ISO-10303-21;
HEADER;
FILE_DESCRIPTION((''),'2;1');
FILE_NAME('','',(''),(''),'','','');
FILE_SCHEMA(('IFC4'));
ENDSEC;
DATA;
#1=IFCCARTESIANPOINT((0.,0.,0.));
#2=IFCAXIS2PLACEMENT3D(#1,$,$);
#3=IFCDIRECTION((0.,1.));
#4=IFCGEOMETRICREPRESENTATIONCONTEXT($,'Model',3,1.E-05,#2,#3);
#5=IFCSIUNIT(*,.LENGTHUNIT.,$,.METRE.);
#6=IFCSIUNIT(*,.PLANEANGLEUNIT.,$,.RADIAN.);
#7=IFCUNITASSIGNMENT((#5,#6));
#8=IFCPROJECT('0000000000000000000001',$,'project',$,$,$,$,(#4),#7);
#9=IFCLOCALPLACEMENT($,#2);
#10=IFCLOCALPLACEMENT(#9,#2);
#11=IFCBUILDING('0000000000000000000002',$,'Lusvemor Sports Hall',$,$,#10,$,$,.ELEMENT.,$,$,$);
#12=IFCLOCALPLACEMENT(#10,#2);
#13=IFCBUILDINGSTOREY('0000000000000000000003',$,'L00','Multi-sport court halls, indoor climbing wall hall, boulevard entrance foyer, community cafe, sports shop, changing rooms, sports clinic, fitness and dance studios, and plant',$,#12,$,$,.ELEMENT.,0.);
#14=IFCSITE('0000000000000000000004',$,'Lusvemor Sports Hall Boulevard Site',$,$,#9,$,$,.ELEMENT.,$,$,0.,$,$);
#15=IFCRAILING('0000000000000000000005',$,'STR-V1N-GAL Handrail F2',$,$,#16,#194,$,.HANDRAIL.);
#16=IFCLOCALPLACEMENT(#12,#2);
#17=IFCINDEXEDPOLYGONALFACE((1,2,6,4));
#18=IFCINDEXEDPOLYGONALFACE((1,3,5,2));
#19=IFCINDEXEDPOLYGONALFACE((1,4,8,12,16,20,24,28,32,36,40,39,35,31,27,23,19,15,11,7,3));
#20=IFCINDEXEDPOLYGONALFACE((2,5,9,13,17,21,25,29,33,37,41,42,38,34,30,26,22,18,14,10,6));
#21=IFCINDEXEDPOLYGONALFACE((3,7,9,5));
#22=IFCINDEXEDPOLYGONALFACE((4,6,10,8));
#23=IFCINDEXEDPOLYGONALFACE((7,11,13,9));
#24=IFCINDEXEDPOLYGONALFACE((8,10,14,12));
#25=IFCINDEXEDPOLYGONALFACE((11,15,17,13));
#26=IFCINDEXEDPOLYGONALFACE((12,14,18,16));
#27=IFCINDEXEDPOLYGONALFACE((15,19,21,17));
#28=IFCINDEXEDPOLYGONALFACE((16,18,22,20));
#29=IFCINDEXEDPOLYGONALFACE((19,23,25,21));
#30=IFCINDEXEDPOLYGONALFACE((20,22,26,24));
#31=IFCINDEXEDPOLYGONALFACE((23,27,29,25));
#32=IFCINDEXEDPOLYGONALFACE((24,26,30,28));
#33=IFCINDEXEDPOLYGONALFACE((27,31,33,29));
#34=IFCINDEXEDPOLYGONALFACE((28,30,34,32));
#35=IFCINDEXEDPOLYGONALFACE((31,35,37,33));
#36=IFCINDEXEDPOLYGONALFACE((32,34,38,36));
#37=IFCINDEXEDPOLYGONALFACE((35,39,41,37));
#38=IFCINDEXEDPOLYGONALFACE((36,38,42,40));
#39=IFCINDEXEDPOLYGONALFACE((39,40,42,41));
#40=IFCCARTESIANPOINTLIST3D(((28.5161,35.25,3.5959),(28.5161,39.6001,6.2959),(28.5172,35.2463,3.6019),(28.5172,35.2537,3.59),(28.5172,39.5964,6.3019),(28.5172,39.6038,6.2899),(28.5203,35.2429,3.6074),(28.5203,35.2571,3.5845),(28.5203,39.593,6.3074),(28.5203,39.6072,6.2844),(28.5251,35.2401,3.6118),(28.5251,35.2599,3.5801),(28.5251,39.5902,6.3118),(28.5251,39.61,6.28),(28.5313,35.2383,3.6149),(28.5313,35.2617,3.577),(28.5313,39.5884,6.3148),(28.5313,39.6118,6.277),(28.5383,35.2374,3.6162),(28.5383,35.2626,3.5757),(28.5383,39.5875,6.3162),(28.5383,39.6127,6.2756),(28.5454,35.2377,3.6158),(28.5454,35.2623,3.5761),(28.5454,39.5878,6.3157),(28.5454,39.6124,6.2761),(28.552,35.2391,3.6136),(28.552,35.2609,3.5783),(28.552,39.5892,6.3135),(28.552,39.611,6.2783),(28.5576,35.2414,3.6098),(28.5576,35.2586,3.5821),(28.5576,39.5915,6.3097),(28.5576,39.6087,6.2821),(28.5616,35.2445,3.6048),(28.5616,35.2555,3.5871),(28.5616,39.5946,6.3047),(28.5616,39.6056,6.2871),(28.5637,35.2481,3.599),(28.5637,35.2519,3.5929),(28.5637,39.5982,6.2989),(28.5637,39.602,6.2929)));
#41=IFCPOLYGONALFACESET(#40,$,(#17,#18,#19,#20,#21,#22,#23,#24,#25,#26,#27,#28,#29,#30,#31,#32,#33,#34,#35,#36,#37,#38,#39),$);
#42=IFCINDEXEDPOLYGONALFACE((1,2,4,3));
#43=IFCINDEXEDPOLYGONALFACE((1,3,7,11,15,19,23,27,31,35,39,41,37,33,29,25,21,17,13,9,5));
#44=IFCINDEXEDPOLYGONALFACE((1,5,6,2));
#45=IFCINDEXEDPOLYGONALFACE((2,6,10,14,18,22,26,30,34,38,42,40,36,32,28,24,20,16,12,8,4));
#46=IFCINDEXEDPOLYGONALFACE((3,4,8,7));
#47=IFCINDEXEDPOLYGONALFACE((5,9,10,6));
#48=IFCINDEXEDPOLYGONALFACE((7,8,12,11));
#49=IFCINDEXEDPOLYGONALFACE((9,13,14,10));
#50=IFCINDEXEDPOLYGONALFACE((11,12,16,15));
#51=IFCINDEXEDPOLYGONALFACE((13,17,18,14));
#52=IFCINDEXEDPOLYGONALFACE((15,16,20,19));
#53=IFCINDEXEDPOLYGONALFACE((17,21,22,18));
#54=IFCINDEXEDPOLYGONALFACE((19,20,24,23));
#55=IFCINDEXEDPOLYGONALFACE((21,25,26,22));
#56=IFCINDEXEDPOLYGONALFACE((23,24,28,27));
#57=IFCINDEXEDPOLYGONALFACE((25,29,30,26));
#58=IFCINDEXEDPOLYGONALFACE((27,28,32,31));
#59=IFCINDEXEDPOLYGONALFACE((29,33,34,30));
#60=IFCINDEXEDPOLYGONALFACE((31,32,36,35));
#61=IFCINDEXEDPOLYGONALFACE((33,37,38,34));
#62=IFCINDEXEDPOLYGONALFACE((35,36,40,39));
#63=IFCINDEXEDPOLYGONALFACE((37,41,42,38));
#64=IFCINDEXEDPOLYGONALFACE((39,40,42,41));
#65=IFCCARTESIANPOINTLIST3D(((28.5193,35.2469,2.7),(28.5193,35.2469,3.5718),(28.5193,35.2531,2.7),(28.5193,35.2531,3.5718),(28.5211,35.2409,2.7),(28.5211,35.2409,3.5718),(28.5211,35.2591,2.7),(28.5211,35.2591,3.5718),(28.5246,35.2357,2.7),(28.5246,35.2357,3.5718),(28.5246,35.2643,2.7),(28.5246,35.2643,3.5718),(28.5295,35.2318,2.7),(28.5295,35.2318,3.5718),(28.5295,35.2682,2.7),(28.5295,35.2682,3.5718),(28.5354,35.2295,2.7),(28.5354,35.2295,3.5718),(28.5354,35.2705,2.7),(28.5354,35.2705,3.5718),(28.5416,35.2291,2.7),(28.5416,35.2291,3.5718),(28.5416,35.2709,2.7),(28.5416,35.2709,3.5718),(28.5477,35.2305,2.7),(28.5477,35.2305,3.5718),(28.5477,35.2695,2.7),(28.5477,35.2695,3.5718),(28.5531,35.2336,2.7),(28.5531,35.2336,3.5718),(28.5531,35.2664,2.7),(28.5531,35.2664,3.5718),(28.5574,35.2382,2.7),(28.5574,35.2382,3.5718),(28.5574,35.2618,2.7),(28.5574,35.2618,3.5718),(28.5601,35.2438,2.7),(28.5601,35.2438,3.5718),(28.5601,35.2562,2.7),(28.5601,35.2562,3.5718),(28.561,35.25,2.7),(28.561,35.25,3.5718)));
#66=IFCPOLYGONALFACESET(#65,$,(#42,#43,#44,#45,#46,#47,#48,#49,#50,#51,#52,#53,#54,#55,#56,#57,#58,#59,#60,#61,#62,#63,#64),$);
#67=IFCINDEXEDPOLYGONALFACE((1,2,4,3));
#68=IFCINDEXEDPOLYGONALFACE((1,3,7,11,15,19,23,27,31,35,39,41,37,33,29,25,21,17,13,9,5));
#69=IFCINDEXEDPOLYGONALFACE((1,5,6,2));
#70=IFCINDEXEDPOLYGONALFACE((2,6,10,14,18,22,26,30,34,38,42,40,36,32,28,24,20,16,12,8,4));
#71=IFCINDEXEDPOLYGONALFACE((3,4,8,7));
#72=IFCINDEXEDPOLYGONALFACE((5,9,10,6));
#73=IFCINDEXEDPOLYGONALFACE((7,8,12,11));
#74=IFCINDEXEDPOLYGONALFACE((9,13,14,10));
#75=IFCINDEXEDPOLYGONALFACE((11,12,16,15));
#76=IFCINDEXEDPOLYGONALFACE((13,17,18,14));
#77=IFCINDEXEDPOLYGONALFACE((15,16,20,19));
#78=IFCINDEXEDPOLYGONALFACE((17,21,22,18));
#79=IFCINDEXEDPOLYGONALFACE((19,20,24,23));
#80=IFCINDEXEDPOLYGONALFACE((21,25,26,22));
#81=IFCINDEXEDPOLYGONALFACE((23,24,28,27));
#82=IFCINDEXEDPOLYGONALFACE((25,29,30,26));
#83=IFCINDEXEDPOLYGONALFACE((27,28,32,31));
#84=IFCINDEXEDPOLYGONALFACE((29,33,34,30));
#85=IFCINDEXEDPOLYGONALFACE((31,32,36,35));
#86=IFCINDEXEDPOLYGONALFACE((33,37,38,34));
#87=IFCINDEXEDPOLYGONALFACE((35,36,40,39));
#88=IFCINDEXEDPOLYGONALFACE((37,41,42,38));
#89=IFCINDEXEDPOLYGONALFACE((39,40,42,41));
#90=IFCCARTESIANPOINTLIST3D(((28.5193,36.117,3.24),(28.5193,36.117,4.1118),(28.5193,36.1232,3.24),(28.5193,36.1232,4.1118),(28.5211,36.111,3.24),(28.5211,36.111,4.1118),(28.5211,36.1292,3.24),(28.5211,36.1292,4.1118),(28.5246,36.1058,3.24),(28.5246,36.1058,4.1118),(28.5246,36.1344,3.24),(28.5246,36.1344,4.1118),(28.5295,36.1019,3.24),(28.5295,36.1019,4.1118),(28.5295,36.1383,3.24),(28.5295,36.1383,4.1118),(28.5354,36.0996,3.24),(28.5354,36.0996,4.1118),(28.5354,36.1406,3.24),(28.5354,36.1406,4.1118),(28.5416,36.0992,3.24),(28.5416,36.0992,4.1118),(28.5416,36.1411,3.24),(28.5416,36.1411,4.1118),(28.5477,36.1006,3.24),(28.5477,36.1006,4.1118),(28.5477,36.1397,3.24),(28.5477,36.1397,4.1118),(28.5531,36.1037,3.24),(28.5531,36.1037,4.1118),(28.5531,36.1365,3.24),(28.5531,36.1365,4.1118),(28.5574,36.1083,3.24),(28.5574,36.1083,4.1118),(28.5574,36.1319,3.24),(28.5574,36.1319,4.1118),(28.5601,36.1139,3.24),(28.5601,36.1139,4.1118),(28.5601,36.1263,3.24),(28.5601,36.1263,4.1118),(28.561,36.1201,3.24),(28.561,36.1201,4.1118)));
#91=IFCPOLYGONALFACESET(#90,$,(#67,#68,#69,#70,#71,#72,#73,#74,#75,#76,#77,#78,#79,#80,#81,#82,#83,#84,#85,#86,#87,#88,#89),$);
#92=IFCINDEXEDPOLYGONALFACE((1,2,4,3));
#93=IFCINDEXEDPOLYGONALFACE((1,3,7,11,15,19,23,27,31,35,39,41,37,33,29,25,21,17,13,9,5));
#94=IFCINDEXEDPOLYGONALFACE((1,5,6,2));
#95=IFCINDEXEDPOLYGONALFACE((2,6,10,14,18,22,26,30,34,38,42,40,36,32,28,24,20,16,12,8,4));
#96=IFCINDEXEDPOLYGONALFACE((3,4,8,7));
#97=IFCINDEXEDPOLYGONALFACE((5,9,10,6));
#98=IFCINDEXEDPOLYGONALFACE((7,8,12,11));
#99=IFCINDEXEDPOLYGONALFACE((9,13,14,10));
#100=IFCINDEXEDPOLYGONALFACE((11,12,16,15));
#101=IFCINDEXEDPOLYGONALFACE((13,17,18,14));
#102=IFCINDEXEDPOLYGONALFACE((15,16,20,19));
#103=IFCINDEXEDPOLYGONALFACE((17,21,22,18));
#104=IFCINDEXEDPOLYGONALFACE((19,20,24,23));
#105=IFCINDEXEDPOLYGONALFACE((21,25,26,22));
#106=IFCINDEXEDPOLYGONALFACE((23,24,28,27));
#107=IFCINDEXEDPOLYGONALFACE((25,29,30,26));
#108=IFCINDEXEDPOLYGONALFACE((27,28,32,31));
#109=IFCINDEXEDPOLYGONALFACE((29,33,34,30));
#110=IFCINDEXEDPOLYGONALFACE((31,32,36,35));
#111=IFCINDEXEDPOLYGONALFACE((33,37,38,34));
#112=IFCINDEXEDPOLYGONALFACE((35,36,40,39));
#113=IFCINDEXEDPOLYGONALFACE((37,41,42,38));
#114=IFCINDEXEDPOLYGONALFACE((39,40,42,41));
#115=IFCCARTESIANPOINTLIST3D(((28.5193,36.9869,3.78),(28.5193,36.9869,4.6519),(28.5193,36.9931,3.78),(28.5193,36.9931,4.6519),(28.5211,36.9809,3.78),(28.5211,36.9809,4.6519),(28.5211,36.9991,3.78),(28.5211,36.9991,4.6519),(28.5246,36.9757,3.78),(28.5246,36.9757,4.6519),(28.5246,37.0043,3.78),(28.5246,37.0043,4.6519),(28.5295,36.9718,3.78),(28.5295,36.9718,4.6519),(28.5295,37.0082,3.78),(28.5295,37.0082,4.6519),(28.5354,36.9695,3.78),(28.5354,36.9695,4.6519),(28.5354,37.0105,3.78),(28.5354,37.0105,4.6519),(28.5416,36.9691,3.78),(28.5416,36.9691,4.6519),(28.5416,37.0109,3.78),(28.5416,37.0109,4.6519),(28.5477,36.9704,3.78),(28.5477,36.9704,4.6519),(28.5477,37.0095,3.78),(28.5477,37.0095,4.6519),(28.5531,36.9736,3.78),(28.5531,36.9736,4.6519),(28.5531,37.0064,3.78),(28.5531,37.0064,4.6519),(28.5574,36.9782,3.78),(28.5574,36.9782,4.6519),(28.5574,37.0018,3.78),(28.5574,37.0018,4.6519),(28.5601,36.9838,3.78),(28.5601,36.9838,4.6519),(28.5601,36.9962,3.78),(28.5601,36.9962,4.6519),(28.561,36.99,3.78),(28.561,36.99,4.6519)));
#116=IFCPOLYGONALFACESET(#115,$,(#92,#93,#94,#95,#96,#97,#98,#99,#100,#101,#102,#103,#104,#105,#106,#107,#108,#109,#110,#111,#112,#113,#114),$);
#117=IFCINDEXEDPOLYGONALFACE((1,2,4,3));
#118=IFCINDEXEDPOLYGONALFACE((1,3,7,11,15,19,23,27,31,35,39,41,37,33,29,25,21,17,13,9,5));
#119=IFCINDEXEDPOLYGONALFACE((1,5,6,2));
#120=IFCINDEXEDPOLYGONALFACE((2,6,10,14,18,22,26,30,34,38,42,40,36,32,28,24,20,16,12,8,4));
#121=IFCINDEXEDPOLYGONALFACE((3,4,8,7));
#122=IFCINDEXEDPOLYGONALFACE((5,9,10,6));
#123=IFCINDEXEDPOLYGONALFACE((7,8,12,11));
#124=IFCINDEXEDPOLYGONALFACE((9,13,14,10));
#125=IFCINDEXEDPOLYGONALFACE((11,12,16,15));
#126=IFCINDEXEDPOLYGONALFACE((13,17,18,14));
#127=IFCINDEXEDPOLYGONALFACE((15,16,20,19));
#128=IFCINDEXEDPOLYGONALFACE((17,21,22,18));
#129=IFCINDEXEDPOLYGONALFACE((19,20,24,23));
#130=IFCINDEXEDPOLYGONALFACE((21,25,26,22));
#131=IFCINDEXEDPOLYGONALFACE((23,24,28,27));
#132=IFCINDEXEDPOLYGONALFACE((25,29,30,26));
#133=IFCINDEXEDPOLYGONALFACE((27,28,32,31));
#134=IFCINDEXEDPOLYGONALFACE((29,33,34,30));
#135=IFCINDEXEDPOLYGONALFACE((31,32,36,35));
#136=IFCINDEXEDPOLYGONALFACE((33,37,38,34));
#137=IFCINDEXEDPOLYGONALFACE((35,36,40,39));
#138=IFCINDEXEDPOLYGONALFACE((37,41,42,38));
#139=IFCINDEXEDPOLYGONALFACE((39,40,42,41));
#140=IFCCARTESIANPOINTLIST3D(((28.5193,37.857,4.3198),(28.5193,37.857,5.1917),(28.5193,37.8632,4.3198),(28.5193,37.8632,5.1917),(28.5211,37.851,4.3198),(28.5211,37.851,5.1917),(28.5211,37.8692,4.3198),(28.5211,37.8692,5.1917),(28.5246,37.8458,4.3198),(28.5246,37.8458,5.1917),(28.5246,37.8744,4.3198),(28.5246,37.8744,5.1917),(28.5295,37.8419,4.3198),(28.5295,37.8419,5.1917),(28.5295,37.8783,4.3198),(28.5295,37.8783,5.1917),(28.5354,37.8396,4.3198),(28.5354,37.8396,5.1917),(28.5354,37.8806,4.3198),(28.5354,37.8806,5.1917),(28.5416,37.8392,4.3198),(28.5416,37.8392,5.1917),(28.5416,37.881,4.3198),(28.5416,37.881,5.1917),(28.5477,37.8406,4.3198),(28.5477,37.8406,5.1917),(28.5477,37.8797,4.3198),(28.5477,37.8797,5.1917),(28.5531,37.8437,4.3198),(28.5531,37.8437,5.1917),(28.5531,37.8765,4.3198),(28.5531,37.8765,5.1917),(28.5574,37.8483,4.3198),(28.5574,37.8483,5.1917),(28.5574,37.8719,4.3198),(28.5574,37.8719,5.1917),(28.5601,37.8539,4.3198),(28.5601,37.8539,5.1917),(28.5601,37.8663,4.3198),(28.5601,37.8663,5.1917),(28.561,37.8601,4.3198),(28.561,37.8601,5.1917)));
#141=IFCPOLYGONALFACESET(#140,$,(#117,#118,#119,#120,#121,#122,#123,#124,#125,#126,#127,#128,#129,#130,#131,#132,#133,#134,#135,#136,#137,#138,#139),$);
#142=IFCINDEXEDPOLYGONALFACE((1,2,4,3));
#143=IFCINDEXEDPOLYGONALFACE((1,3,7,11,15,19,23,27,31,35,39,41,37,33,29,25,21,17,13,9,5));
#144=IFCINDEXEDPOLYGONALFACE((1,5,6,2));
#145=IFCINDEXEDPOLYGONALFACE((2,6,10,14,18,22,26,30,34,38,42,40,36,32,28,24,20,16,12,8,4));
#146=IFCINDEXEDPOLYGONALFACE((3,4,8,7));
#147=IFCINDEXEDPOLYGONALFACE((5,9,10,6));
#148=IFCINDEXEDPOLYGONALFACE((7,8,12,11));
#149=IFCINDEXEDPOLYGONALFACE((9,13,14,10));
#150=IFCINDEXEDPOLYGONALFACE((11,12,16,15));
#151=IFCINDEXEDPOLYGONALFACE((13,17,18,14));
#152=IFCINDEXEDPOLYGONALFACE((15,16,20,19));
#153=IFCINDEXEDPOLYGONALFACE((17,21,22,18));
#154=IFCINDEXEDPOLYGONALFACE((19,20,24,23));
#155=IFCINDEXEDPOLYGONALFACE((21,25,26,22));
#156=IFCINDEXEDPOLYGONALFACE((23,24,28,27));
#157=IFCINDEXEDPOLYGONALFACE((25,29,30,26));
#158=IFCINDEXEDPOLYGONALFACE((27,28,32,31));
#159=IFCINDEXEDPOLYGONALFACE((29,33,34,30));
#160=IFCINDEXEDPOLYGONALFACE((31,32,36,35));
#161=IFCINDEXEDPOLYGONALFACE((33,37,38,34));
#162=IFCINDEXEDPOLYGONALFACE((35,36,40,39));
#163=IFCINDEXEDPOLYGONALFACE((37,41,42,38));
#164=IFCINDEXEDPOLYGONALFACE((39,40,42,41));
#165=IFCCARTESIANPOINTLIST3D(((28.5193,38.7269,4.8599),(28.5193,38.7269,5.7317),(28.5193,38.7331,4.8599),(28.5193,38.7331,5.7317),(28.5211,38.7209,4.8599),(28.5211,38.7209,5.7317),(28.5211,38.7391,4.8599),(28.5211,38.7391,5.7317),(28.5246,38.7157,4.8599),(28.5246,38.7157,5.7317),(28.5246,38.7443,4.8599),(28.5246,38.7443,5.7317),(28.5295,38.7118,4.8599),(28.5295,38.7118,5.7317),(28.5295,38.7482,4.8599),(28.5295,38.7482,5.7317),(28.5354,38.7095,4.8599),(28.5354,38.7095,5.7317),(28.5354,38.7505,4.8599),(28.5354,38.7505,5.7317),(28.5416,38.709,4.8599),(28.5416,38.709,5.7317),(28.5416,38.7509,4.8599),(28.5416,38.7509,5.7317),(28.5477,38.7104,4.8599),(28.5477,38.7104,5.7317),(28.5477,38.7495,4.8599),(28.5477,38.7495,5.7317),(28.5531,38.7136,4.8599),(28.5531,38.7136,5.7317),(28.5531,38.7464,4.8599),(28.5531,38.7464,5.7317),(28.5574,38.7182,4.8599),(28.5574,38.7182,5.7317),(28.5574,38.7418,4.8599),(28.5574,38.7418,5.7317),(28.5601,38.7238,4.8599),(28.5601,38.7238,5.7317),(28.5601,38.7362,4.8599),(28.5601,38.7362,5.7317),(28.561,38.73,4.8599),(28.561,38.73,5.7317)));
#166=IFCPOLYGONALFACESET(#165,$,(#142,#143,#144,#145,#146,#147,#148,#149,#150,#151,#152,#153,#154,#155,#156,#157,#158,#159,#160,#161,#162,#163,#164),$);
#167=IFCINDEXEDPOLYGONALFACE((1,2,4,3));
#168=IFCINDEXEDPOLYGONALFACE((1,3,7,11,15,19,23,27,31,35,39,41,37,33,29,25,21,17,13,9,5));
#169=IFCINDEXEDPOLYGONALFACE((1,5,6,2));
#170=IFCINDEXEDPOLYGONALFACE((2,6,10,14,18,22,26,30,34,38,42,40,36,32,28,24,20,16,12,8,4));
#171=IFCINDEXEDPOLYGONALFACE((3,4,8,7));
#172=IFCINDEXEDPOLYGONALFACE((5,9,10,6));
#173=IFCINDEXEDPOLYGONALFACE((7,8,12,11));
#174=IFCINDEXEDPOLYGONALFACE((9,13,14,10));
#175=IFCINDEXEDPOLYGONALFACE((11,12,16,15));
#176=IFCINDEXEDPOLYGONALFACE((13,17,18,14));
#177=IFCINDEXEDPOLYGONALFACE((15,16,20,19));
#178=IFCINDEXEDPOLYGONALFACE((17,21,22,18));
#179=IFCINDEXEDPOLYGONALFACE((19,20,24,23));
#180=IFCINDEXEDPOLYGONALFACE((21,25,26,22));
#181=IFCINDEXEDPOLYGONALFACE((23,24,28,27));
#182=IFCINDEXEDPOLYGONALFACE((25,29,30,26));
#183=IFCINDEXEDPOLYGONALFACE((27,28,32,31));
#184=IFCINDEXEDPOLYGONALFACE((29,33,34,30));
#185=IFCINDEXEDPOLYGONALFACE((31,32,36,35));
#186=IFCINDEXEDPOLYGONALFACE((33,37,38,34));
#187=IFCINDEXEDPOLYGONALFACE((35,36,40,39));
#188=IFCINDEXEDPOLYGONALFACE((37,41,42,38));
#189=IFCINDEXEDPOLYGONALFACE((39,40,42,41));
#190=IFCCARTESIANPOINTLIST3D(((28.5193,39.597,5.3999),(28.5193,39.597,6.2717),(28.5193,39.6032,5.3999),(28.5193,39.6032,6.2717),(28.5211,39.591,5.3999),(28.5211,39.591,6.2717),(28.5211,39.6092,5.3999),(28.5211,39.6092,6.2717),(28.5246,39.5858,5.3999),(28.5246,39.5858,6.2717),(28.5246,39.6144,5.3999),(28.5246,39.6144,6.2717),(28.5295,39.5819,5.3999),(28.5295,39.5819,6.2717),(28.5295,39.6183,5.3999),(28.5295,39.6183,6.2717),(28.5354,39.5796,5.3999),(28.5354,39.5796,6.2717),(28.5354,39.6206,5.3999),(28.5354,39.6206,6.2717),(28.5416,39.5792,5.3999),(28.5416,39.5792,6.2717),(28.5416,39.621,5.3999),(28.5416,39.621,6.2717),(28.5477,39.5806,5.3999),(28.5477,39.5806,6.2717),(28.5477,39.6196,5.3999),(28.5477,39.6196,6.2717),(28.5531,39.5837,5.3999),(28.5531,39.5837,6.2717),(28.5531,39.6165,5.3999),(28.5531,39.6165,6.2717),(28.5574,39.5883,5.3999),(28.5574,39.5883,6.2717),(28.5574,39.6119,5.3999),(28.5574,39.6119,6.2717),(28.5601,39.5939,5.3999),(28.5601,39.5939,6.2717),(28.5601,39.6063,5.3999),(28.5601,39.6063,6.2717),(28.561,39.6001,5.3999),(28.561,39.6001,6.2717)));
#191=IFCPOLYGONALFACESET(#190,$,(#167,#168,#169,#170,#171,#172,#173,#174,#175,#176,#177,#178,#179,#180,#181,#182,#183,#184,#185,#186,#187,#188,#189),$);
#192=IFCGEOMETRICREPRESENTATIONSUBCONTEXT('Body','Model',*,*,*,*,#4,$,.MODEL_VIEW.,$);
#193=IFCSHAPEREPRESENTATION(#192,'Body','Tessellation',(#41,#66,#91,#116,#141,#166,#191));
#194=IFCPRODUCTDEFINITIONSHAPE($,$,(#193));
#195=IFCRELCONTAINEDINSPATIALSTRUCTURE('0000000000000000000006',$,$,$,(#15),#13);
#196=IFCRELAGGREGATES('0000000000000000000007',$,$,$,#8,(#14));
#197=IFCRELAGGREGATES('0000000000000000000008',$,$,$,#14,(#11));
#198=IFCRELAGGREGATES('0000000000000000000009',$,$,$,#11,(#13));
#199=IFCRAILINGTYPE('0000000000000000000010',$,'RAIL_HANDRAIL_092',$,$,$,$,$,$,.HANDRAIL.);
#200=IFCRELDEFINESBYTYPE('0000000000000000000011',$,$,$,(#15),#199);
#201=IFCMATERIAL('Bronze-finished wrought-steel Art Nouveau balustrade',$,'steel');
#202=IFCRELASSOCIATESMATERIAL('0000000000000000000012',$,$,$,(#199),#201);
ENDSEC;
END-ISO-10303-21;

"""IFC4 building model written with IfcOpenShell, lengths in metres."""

from ifc_helpers import new_model, si_unit, direction, frame, origin, origin_2d, place, context, subcontext, project, spatial, circle, extrude, material, type_object, element, save


model = new_model("IFC4")

# Units and contexts
model_context = context("Model", 3, precision=1e-05, world=origin(), true_north=direction((0.0, 1.0)))
body_context = subcontext(model_context, "Body", "Model", "MODEL_VIEW")
ifc_project = project(units=[si_unit("LENGTHUNIT", "METRE"), si_unit("PLANEANGLEUNIT", "RADIAN")], contexts=[model_context])

# Site, building, storey
site_placement = place(None, origin())
site = spatial("IfcSite", under=ifc_project, at=site_placement, Name="Lusvemor Sports Hall Boulevard Site", CompositionType="ELEMENT", RefElevation=0.0)
building_placement = place(site_placement, origin())
building = spatial("IfcBuilding", under=site, at=building_placement, Name="Lusvemor Sports Hall", CompositionType="ELEMENT")
storey_placement = place(building_placement, origin())
storey = spatial("IfcBuildingStorey", under=building, at=storey_placement, Name="L00", Description="Multi-sport court halls, indoor climbing wall hall, boulevard entrance foyer, community cafe, sports shop, changing rooms, sports clinic, fitness and dance studios, and plant", CompositionType="ELEMENT", Elevation=0.0)

# Railing
ifc_material_1 = material(Name="Bronze-finished wrought-steel Art Nouveau balustrade", Category="steel")
railing_type_1 = type_object("IfcRailingType", Name="RAIL_HANDRAIL_092", PredefinedType="HANDRAIL", material=ifc_material_1)
railing_1_placement = place(storey_placement, frame((28.54, 35.25, 2.7)))
element("IfcRailing", 1, at=railing_1_placement, inside=storey, type_object=railing_type_1, Name="STR-V1N-GAL Handrail F2", PredefinedType="HANDRAIL", context=body_context, shape_type="SweptSolid", body=[
    extrude(circle(Radius=0.0239, at=origin_2d()), frame((0.0, 0.0, 0.896), z_axis=(0.0, 0.84965, 0.527347), x_axis=(-1.0, 0.0, 0.0)), (0.0, 0.0, 1.0), 5.1199),
    extrude(circle(Radius=0.021, at=origin_2d()), origin(), (0.0, 0.0, 1.0), 0.8718),
    extrude(circle(Radius=0.021, at=origin_2d()), frame((0.0, 0.8701, 0.54)), (0.0, 0.0, 1.0), 0.8718),
    extrude(circle(Radius=0.021, at=origin_2d()), frame((0.0, 1.74, 1.0801)), (0.0, 0.0, 1.0), 0.8718),
    extrude(circle(Radius=0.021, at=origin_2d()), frame((0.0, 2.6101, 1.6199)), (0.0, 0.0, 1.0), 0.8718),
    extrude(circle(Radius=0.021, at=origin_2d()), frame((0.0, 3.48, 2.1599)), (0.0, 0.0, 1.0), 0.8718),
    extrude(circle(Radius=0.021, at=origin_2d()), frame((0.0, 4.3501, 2.7)), (0.0, 0.0, 1.0), 0.8718),
])

save(model, "model.ifc")
